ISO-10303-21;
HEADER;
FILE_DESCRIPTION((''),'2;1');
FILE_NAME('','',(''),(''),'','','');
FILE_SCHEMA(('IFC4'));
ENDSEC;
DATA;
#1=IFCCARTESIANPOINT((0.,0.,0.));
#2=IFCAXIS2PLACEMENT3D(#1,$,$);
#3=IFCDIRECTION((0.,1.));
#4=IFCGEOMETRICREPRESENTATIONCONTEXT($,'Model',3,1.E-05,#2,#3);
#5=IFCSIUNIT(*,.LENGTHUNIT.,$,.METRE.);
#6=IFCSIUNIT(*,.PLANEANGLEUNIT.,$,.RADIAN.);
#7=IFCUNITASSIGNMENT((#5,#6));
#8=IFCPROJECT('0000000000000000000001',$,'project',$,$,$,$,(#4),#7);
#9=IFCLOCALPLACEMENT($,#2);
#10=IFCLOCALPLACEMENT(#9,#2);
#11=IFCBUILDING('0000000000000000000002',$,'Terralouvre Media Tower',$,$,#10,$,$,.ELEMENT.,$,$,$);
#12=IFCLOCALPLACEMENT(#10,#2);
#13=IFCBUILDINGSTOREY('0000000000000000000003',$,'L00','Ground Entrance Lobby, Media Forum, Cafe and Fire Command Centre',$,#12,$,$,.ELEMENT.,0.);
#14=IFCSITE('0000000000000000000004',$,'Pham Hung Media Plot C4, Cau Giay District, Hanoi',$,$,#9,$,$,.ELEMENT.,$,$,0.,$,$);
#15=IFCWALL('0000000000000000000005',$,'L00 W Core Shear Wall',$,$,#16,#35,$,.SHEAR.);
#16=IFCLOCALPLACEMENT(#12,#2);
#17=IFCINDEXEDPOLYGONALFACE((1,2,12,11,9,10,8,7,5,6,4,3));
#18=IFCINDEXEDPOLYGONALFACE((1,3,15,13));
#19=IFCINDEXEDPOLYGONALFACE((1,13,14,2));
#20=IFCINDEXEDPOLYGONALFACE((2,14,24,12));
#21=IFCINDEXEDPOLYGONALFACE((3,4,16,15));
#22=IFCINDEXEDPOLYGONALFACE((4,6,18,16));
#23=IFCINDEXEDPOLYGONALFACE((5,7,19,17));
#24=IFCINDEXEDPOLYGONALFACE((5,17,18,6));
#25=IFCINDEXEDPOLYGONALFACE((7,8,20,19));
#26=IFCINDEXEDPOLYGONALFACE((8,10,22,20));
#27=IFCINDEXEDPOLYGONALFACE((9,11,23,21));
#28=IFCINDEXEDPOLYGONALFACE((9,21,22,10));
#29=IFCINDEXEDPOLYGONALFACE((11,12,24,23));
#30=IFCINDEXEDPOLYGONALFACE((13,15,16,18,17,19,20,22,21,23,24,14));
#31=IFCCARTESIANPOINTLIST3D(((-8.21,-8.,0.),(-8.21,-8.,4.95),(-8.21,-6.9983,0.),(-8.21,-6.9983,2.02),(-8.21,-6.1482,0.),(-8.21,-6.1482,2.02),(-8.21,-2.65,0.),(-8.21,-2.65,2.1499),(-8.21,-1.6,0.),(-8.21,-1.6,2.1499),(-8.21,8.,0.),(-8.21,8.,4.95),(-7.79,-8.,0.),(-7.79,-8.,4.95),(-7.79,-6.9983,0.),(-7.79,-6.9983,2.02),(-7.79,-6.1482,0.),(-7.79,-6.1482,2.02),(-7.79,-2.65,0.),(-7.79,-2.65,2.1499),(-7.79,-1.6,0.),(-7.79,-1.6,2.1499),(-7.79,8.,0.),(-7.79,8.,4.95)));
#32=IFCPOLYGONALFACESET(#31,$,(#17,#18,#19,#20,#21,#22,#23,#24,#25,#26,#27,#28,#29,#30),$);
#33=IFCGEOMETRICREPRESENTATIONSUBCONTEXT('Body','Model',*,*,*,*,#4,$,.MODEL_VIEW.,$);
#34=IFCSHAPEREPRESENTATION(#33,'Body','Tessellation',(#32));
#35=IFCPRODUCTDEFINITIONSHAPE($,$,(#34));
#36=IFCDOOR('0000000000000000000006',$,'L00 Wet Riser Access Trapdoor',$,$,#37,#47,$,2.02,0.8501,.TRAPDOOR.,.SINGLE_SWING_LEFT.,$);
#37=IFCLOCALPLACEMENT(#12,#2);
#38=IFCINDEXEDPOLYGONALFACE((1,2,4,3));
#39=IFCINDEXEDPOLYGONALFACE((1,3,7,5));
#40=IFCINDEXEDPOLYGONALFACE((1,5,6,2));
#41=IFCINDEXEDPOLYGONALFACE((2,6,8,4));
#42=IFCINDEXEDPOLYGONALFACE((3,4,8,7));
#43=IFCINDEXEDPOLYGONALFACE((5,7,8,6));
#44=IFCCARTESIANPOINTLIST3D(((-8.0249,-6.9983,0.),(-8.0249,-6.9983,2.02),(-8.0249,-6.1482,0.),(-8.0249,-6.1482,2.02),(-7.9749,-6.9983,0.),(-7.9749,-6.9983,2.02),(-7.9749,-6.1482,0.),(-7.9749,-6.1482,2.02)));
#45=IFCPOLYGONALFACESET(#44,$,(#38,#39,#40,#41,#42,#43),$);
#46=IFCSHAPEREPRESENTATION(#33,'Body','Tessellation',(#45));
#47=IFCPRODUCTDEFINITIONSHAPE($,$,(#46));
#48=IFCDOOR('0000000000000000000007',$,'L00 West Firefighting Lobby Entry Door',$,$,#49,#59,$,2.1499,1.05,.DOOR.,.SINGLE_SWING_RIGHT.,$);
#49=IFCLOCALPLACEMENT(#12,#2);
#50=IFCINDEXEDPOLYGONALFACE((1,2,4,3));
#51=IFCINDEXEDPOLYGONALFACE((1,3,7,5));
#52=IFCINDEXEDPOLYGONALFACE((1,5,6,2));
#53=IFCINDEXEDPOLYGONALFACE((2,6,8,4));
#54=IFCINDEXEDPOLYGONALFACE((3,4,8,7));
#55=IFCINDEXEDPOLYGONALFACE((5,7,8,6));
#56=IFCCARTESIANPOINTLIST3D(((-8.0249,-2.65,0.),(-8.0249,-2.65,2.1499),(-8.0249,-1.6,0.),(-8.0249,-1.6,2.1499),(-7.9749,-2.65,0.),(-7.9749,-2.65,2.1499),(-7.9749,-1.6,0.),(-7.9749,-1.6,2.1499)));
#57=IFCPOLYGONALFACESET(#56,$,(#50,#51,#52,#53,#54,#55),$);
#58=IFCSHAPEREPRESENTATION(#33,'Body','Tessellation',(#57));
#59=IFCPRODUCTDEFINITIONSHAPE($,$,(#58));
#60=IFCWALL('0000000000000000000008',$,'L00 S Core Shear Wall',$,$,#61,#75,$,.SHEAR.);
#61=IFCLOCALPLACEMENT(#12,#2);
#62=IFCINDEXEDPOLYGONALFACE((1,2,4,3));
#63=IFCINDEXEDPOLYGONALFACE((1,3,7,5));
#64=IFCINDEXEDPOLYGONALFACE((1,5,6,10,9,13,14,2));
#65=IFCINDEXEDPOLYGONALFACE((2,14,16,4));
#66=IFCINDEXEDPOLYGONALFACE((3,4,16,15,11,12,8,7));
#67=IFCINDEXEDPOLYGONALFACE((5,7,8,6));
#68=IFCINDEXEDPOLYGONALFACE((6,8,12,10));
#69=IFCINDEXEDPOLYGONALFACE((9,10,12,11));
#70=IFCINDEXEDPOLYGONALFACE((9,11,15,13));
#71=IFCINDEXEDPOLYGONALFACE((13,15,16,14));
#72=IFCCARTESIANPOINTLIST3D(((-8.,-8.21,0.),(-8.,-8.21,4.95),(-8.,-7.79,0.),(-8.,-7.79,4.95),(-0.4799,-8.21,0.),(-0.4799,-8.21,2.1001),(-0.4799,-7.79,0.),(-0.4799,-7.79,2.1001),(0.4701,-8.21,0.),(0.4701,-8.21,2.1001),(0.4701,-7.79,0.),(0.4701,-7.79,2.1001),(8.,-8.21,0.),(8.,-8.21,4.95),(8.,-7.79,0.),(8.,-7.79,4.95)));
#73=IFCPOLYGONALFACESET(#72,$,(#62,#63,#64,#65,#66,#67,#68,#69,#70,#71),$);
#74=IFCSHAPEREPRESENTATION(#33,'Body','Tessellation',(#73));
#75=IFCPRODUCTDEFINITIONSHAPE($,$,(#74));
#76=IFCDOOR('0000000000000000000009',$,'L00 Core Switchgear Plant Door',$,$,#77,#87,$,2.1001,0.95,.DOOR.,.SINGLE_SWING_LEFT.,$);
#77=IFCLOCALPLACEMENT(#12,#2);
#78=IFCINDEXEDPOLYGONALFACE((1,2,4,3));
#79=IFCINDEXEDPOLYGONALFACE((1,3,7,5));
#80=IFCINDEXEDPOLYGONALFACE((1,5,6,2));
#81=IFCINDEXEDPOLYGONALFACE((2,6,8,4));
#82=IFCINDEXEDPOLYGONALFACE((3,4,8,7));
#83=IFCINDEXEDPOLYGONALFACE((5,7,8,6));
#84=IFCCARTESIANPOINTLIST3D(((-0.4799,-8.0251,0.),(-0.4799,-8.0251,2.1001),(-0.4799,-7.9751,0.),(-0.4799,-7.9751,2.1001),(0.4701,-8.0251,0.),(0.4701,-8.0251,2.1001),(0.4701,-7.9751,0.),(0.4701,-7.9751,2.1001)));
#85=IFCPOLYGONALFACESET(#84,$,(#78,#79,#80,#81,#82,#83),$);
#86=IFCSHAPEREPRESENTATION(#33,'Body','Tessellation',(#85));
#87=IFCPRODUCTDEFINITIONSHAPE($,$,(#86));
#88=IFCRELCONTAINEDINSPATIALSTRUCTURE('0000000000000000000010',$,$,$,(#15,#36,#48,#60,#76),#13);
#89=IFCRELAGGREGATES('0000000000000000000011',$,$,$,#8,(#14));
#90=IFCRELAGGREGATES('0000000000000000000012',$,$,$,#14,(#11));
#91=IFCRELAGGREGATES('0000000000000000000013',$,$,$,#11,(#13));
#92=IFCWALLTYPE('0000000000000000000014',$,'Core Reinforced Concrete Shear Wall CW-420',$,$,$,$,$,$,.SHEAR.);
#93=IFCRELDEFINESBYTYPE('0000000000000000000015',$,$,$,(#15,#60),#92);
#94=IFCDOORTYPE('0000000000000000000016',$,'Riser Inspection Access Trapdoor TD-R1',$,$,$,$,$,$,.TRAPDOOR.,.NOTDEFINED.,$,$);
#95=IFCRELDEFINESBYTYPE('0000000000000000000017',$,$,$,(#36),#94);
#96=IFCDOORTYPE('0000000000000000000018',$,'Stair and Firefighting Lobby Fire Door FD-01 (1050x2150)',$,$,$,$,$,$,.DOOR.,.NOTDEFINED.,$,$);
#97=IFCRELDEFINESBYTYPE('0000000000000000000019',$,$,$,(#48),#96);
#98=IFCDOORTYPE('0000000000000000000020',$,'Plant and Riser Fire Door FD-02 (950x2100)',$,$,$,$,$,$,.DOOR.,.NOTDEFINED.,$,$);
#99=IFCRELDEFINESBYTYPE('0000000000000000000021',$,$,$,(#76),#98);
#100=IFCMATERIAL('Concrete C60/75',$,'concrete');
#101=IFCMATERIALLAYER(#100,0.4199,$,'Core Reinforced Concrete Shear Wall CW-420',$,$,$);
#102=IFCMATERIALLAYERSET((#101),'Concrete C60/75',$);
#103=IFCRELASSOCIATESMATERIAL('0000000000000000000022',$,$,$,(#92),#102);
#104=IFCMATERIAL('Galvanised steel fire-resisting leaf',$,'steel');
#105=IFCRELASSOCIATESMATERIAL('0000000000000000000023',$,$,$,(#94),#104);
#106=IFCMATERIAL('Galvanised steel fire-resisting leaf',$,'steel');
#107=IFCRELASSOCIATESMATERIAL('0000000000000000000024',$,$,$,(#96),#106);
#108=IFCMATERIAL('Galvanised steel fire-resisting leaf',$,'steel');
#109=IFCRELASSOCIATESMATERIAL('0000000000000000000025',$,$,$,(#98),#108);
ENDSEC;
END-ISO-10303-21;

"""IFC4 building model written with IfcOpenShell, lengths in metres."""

from ifc_helpers import new_model, si_unit, direction, frame, frame_2d, origin, place, context, subcontext, project, spatial, rectangle, extrude, material, layer, layer_set, type_object, element, fill, save


model = new_model("IFC4")

# Units and contexts
model_context = context("Model", 3, precision=1e-05, world=origin(), true_north=direction((0.0, 1.0)))
body_context = subcontext(model_context, "Body", "Model", "MODEL_VIEW")
ifc_project = project(units=[si_unit("LENGTHUNIT", "METRE"), si_unit("PLANEANGLEUNIT", "RADIAN")], contexts=[model_context])

# Site, building, storey
site_placement = place(None, origin())
site = spatial("IfcSite", under=ifc_project, at=site_placement, Name="Pham Hung Media Plot C4, Cau Giay District, Hanoi", CompositionType="ELEMENT", RefElevation=0.0)
building_placement = place(site_placement, origin())
building = spatial("IfcBuilding", under=site, at=building_placement, Name="Terralouvre Media Tower", CompositionType="ELEMENT")
storey_placement = place(building_placement, origin())
storey = spatial("IfcBuildingStorey", under=building, at=storey_placement, Name="L00", Description="Ground Entrance Lobby, Media Forum, Cafe and Fire Command Centre", CompositionType="ELEMENT", Elevation=0.0)

# Wall, openings, doors
ifc_material_1 = material(Name="Concrete C60/75", Category="concrete")
ifc_layer_1 = layer(ifc_material_1, 0.4199, Name="Core Reinforced Concrete Shear Wall CW-420")
ifc_layer_set_1 = layer_set([ifc_layer_1], Name="Concrete C60/75")
wall_type_1 = type_object("IfcWallType", Name="Core Reinforced Concrete Shear Wall CW-420", PredefinedType="SHEAR", material=ifc_layer_set_1)
wall_1_placement = place(storey_placement, frame((-8.0, -8.0, 0.0), z_axis=(0.0, 0.0, 1.0), x_axis=(0.0, 1.0, 0.0)))
wall_1 = element("IfcWall", 1, at=wall_1_placement, inside=storey, type_object=wall_type_1, Name="L00 W Core Shear Wall", PredefinedType="SHEAR", context=body_context, shape_type="SweptSolid", body=[
    extrude(rectangle(XDim=16.0, YDim=0.4199, at=frame_2d((8.0, 0.0))), origin(), (0.0, 0.0, 1.0), 4.95),
])
opening_1_placement = place(wall_1_placement, frame((1.0017, 0.0, 0.0)))
opening_1 = element("IfcOpeningElement", 2, at=opening_1_placement, cuts=wall_1, PredefinedType="OPENING", context=body_context, shape_type="SweptSolid", body=[
    extrude(rectangle(XDim=0.8501, YDim=2.02, at=frame_2d((0.425, 1.01))), frame((0.0, 0.22, 0.0), z_axis=(0.0, -1.0, 0.0), x_axis=(1.0, 0.0, 0.0)), (0.0, 0.0, 1.0), 0.4399),
])
opening_2_placement = place(wall_1_placement, frame((5.3501, 0.0, 0.0)))
opening_2 = element("IfcOpeningElement", 3, at=opening_2_placement, cuts=wall_1, PredefinedType="OPENING", context=body_context, shape_type="SweptSolid", body=[
    extrude(rectangle(XDim=1.05, YDim=2.1499, at=frame_2d((0.5249, 1.075))), frame((0.0, 0.22, 0.0), z_axis=(0.0, -1.0, 0.0), x_axis=(1.0, 0.0, 0.0)), (0.0, 0.0, 1.0), 0.4399),
])
ifc_material_2 = material(Name="Galvanised steel fire-resisting leaf", Category="steel")
door_type_1 = type_object("IfcDoorType", Name="Riser Inspection Access Trapdoor TD-R1", OperationType="NOTDEFINED", PredefinedType="TRAPDOOR", material=ifc_material_2)
door_1_placement = place(opening_1_placement, origin())
door_1 = element("IfcDoor", 4, at=door_1_placement, inside=storey, type_object=door_type_1, Name="L00 Wet Riser Access Trapdoor", OperationType="SINGLE_SWING_LEFT", OverallHeight=2.02, OverallWidth=0.8501, PredefinedType="TRAPDOOR", context=body_context, shape_type="SweptSolid", body=[
    extrude(rectangle(XDim=0.8501, YDim=2.02, at=frame_2d((0.425, 1.01))), frame((0.0, 0.0249, 0.0), z_axis=(0.0, -1.0, 0.0), x_axis=(1.0, 0.0, 0.0)), (0.0, 0.0, 1.0), 0.05),
])
fill(opening_1, door_1)
ifc_material_3 = material(Name="Galvanised steel fire-resisting leaf", Category="steel")
door_type_2 = type_object("IfcDoorType", Name="Stair and Firefighting Lobby Fire Door FD-01 (1050x2150)", OperationType="NOTDEFINED", PredefinedType="DOOR", material=ifc_material_3)
door_2_placement = place(opening_2_placement, origin())
door_2 = element("IfcDoor", 5, at=door_2_placement, inside=storey, type_object=door_type_2, Name="L00 West Firefighting Lobby Entry Door", OperationType="SINGLE_SWING_RIGHT", OverallHeight=2.1499, OverallWidth=1.05, PredefinedType="DOOR", context=body_context, shape_type="SweptSolid", body=[
    extrude(rectangle(XDim=1.05, YDim=2.1499, at=frame_2d((0.5249, 1.075))), frame((0.0, 0.0249, 0.0), z_axis=(0.0, -1.0, 0.0), x_axis=(1.0, 0.0, 0.0)), (0.0, 0.0, 1.0), 0.05),
])
fill(opening_2, door_2)

# Wall, opening, door
wall_2_placement = place(storey_placement, frame((-8.0, -8.0, 0.0), z_axis=(0.0, 0.0, 1.0), x_axis=(1.0, 0.0, 0.0)))
wall_2 = element("IfcWall", 6, at=wall_2_placement, inside=storey, type_object=wall_type_1, Name="L00 S Core Shear Wall", PredefinedType="SHEAR", context=body_context, shape_type="SweptSolid", body=[
    extrude(rectangle(XDim=16.0, YDim=0.4199, at=frame_2d((8.0, 0.0))), origin(), (0.0, 0.0, 1.0), 4.95),
])
opening_3_placement = place(wall_2_placement, frame((7.52, 0.0, 0.0)))
opening_3 = element("IfcOpeningElement", 7, at=opening_3_placement, cuts=wall_2, PredefinedType="OPENING", context=body_context, shape_type="SweptSolid", body=[
    extrude(rectangle(XDim=0.95, YDim=2.1001, at=frame_2d((0.4751, 1.05))), frame((0.0, 0.22, 0.0), z_axis=(0.0, -1.0, 0.0), x_axis=(1.0, 0.0, 0.0)), (0.0, 0.0, 1.0), 0.4399),
])
ifc_material_4 = material(Name="Galvanised steel fire-resisting leaf", Category="steel")
door_type_3 = type_object("IfcDoorType", Name="Plant and Riser Fire Door FD-02 (950x2100)", OperationType="NOTDEFINED", PredefinedType="DOOR", material=ifc_material_4)
door_3_placement = place(opening_3_placement, origin())
door_3 = element("IfcDoor", 8, at=door_3_placement, inside=storey, type_object=door_type_3, Name="L00 Core Switchgear Plant Door", OperationType="SINGLE_SWING_LEFT", OverallHeight=2.1001, OverallWidth=0.95, PredefinedType="DOOR", context=body_context, shape_type="SweptSolid", body=[
    extrude(rectangle(XDim=0.95, YDim=2.1001, at=frame_2d((0.4751, 1.05))), frame((0.0, 0.0249, 0.0), z_axis=(0.0, -1.0, 0.0), x_axis=(1.0, 0.0, 0.0)), (0.0, 0.0, 1.0), 0.05),
])
fill(opening_3, door_3)

save(model, "model.ifc")
